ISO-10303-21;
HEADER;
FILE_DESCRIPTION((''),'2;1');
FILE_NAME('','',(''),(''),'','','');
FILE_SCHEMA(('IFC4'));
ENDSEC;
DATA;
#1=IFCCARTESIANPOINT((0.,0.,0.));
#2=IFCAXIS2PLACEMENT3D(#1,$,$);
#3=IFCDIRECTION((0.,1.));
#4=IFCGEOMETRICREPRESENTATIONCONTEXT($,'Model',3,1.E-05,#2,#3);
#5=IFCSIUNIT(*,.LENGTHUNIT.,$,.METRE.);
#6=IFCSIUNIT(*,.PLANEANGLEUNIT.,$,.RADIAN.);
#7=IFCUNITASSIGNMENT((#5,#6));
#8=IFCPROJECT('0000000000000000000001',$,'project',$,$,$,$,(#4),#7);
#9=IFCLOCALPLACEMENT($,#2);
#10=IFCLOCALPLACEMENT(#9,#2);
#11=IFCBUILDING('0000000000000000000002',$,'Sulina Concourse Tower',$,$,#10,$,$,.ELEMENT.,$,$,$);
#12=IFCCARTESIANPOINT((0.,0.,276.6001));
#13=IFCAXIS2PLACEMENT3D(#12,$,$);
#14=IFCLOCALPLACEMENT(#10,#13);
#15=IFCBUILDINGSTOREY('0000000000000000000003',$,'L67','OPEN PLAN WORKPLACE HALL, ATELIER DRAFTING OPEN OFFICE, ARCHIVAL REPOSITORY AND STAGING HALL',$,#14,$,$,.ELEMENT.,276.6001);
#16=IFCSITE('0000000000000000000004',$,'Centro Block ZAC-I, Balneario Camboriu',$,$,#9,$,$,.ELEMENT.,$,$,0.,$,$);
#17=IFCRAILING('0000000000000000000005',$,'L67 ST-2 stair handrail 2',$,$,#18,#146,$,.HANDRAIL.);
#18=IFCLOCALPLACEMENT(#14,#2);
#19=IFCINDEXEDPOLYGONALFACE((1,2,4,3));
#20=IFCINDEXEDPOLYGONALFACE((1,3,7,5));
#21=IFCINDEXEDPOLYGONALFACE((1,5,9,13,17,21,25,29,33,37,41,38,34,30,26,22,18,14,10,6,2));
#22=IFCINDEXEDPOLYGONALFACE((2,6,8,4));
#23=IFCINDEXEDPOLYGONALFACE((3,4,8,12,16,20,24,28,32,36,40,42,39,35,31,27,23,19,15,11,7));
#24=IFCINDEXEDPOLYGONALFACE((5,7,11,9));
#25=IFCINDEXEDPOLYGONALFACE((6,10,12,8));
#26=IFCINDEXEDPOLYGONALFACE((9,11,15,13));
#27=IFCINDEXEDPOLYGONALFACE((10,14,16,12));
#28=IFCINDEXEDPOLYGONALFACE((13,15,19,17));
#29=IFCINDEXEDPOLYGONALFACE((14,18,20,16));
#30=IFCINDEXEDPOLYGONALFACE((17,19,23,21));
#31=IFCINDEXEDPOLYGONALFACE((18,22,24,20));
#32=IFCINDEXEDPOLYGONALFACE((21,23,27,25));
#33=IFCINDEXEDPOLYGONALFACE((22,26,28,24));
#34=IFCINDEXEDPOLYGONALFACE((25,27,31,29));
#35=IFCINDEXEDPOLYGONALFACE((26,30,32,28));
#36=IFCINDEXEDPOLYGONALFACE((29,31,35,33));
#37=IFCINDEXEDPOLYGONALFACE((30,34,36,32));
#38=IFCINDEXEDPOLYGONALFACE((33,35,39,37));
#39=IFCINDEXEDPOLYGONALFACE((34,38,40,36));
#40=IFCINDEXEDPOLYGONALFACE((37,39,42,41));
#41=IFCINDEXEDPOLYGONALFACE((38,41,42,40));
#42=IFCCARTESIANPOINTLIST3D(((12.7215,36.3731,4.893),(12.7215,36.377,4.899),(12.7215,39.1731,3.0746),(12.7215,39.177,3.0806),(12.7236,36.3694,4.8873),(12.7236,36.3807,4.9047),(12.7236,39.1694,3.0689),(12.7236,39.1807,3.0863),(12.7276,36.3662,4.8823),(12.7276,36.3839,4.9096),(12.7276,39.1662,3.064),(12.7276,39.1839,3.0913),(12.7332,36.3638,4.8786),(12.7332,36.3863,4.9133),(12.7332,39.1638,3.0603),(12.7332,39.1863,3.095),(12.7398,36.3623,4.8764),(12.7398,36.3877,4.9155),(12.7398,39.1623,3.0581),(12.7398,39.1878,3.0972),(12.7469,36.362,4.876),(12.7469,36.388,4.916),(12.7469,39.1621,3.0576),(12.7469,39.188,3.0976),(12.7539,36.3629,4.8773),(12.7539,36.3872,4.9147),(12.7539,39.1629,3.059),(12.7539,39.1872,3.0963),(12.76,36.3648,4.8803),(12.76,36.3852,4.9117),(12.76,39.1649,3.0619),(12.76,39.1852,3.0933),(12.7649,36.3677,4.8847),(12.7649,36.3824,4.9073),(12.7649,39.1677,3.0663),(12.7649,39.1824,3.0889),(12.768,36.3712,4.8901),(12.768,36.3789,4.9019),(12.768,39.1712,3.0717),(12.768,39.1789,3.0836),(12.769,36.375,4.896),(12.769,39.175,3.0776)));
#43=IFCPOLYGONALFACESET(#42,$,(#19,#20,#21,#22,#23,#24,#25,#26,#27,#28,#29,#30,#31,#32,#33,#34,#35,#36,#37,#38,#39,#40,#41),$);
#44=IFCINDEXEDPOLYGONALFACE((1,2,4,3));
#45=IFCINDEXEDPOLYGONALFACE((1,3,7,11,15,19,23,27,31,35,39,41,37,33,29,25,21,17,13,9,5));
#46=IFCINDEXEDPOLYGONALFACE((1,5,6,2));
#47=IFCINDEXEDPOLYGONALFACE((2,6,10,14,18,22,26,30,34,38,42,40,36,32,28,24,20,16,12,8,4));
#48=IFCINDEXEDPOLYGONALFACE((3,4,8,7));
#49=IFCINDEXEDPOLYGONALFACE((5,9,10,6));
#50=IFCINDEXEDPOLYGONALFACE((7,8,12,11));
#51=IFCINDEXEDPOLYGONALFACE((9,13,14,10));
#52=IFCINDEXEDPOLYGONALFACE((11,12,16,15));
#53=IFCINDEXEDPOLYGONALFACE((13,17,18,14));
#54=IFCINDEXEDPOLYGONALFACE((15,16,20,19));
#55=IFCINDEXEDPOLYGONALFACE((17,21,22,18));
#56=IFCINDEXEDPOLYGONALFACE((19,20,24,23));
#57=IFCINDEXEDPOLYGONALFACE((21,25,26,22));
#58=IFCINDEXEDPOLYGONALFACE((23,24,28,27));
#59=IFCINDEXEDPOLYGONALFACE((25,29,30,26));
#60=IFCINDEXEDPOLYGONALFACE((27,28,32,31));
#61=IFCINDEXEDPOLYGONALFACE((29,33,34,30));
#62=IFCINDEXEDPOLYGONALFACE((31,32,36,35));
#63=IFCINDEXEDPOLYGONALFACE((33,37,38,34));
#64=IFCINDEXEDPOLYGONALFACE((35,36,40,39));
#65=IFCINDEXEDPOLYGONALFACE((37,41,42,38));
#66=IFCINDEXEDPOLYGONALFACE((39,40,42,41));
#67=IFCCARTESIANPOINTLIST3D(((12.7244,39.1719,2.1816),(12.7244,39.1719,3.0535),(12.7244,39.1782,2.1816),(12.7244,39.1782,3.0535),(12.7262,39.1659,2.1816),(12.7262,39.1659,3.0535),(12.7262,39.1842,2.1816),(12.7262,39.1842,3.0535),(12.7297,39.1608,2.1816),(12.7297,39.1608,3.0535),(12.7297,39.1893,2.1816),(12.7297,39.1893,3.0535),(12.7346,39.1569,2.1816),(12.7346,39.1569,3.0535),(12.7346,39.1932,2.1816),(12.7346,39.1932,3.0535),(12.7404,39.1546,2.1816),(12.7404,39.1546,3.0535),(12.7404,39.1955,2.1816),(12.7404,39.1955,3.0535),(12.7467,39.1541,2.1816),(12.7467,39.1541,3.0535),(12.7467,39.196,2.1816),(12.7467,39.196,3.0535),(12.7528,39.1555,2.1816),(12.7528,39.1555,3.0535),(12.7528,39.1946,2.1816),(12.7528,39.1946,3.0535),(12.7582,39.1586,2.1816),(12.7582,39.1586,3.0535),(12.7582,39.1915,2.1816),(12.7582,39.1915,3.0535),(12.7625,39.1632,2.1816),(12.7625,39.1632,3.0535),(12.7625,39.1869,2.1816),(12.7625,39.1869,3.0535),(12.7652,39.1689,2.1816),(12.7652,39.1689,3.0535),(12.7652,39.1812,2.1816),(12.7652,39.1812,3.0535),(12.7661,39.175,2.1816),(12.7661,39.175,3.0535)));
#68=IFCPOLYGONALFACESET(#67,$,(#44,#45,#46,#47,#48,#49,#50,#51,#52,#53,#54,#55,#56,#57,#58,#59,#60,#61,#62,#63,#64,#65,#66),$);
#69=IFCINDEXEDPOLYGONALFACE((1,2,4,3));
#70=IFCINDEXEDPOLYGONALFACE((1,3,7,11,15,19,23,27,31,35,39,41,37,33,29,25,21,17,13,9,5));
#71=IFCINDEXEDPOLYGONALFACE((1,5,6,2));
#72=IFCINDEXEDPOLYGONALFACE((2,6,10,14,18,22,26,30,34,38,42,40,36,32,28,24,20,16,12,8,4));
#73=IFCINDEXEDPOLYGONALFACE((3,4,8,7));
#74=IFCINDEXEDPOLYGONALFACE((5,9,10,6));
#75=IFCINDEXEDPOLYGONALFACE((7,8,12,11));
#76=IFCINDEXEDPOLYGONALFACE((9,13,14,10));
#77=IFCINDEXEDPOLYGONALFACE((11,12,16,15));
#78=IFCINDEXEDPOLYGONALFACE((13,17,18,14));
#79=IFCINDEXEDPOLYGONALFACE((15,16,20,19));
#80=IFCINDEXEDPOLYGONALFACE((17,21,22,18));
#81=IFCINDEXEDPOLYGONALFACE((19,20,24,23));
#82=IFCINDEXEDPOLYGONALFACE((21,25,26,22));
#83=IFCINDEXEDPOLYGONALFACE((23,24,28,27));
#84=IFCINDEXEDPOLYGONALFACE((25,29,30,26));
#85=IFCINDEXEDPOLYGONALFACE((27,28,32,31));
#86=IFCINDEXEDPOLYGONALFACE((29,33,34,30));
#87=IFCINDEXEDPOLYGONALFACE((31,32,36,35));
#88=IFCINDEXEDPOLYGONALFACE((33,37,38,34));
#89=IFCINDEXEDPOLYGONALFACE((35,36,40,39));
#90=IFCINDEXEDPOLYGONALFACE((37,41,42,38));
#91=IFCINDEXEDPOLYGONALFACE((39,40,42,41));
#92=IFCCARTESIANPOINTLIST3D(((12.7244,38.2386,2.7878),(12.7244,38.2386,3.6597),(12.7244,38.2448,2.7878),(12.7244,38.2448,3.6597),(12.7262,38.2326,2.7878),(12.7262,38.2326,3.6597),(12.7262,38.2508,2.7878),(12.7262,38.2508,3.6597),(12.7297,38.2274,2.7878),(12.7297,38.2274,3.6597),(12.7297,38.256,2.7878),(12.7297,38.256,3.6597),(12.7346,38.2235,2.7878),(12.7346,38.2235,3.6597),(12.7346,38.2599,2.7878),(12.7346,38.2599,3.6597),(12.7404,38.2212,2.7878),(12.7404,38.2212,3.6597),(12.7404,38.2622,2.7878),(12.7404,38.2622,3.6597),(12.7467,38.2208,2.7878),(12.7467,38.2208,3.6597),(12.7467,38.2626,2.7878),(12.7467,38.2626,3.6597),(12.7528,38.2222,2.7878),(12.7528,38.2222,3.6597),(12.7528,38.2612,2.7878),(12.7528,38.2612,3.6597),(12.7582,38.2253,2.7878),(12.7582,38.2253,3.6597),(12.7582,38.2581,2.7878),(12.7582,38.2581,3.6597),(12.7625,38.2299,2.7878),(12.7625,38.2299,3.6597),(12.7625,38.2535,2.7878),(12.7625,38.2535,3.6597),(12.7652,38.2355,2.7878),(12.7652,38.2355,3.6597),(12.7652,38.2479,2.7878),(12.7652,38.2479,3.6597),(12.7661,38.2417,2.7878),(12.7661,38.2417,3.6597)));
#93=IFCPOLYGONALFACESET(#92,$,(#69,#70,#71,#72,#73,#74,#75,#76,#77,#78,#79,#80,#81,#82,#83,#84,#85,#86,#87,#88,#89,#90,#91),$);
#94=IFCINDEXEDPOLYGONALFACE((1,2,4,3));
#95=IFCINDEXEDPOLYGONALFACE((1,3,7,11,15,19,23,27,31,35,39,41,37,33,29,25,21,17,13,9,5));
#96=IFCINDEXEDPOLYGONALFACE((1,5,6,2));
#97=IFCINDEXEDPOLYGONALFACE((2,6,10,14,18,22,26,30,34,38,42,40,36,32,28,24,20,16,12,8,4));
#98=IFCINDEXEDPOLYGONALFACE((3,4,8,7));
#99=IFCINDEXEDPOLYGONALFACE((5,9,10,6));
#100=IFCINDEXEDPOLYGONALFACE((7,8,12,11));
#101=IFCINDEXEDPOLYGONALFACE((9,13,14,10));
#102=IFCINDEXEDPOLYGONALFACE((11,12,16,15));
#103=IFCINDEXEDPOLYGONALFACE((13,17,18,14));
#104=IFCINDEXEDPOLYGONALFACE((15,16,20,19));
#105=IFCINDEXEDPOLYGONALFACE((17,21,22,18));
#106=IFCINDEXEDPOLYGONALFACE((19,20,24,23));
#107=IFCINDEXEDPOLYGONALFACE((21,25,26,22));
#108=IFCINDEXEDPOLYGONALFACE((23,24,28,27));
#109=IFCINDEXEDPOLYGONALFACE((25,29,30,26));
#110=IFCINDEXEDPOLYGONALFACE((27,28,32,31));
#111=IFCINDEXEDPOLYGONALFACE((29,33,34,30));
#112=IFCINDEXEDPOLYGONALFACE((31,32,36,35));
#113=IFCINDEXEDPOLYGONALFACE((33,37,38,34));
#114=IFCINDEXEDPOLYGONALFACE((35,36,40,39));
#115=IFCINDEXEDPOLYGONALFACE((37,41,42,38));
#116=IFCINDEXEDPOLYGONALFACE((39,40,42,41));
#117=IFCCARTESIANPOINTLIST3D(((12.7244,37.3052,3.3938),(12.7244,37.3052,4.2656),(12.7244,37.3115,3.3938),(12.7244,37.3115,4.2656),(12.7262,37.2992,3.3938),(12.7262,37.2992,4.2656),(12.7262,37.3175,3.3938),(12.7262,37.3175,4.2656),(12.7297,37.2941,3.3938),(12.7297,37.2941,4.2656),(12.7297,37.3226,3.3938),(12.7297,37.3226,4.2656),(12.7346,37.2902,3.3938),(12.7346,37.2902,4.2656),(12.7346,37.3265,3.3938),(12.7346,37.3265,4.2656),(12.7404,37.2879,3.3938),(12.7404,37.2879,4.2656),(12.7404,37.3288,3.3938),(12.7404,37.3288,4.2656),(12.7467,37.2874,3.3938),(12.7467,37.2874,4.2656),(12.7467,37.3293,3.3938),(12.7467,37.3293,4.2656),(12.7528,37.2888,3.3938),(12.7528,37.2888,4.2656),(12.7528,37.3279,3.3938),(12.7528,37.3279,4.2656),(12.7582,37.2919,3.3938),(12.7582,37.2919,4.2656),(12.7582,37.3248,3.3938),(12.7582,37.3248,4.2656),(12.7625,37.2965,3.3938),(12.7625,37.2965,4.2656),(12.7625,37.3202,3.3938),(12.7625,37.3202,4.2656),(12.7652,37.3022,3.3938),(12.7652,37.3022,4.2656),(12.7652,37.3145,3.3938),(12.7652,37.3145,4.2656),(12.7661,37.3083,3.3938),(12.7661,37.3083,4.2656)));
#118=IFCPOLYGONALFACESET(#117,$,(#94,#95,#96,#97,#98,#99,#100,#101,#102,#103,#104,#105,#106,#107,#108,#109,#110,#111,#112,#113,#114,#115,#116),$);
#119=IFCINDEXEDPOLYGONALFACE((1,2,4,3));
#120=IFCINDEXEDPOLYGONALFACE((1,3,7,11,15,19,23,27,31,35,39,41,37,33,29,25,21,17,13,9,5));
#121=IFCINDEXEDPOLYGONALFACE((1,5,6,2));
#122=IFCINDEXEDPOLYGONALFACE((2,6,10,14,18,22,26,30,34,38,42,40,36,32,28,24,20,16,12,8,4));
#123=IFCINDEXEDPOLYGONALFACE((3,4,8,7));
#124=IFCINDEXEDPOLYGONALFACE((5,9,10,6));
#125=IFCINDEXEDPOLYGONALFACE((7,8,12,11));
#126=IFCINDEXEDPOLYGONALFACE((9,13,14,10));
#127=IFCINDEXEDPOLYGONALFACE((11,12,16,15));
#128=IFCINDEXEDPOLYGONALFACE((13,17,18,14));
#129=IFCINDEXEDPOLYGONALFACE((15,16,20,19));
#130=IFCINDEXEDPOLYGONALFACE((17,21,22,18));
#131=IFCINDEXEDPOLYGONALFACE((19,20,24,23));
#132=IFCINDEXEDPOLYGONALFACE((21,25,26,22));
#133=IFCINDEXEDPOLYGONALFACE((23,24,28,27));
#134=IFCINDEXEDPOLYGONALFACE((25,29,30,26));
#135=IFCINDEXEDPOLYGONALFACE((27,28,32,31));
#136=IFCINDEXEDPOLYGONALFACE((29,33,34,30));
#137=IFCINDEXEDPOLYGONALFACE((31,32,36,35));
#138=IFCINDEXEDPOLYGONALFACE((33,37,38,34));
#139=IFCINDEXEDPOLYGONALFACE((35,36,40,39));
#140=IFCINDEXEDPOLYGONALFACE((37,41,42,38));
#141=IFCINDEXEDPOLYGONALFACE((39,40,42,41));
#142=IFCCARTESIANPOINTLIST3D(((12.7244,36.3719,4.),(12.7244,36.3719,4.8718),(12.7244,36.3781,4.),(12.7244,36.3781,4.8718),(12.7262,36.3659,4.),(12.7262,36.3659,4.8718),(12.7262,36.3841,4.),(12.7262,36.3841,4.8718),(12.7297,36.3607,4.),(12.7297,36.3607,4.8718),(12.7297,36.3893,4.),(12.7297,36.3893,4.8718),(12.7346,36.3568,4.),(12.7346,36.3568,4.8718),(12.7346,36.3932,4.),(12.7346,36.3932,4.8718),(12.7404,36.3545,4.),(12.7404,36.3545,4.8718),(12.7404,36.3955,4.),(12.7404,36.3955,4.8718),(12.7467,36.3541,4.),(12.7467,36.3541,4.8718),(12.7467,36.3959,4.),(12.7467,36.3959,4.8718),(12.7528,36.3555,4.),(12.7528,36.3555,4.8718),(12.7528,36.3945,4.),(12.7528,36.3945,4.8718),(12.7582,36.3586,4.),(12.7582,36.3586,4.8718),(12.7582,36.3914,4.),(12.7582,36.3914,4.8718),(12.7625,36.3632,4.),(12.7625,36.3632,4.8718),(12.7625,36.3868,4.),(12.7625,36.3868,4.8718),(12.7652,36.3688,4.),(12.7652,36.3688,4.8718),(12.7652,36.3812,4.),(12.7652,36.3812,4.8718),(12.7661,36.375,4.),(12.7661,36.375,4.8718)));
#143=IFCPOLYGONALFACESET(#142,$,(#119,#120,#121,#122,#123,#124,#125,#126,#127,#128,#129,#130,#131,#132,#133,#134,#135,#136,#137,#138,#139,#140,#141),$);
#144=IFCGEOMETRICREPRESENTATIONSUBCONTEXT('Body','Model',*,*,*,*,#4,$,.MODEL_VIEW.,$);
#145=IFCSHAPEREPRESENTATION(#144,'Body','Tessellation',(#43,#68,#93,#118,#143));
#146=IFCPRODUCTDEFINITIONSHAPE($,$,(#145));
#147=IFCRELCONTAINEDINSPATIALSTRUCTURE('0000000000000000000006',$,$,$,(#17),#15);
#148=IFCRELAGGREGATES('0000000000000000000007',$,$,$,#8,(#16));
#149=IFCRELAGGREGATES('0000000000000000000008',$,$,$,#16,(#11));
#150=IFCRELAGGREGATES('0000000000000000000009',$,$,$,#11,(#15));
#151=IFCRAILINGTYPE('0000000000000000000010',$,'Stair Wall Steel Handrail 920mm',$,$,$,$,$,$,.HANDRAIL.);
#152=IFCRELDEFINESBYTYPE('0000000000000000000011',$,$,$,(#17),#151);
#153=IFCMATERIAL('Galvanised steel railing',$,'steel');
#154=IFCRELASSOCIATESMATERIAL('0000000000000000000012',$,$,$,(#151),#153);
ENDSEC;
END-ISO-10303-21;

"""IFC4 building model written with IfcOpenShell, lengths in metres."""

from ifc_helpers import new_model, si_unit, direction, frame, origin, origin_2d, place, context, subcontext, project, spatial, circle, extrude, material, type_object, element, save


model = new_model("IFC4")

# Units and contexts
model_context = context("Model", 3, precision=1e-05, world=origin(), true_north=direction((0.0, 1.0)))
body_context = subcontext(model_context, "Body", "Model", "MODEL_VIEW")
ifc_project = project(units=[si_unit("LENGTHUNIT", "METRE"), si_unit("PLANEANGLEUNIT", "RADIAN")], contexts=[model_context])

# Site, building, storey
site_placement = place(None, origin())
site = spatial("IfcSite", under=ifc_project, at=site_placement, Name="Centro Block ZAC-I, Balneario Camboriu", CompositionType="ELEMENT", RefElevation=0.0)
building_placement = place(site_placement, origin())
building = spatial("IfcBuilding", under=site, at=building_placement, Name="Sulina Concourse Tower", CompositionType="ELEMENT")
storey_placement = place(building_placement, frame((0.0, 0.0, 276.6001)))
storey = spatial("IfcBuildingStorey", under=building, at=storey_placement, Name="L67", Description="OPEN PLAN WORKPLACE HALL, ATELIER DRAFTING OPEN OFFICE, ARCHIVAL REPOSITORY AND STAGING HALL", CompositionType="ELEMENT", Elevation=276.6001)

# Railing
ifc_material_1 = material(Name="Galvanised steel railing", Category="steel")
railing_type_1 = type_object("IfcRailingType", Name="Stair Wall Steel Handrail 920mm", PredefinedType="HANDRAIL", material=ifc_material_1)
railing_1_placement = place(storey_placement, frame((12.7451, 39.175, 2.1816)))
element("IfcRailing", 1, at=railing_1_placement, inside=storey, type_object=railing_type_1, Name="L67 ST-2 stair handrail 2", PredefinedType="HANDRAIL", context=body_context, shape_type="SweptSolid", body=[
    extrude(circle(Radius=0.0239, at=origin_2d()), frame((0.0, 0.0, 0.896), z_axis=(0.0, -0.838672, 0.544636), x_axis=(1.0, 0.0, 0.0)), (0.0, 0.0, 1.0), 3.3386),
    extrude(circle(Radius=0.021, at=origin_2d()), origin(), (0.0, 0.0, 1.0), 0.8718),
    extrude(circle(Radius=0.021, at=origin_2d()), frame((0.0, -0.9333, 0.6062)), (0.0, 0.0, 1.0), 0.8718),
    extrude(circle(Radius=0.021, at=origin_2d()), frame((0.0, -1.8667, 1.2122)), (0.0, 0.0, 1.0), 0.8718),
    extrude(circle(Radius=0.021, at=origin_2d()), frame((0.0, -2.8, 1.8184)), (0.0, 0.0, 1.0), 0.8718),
])

save(model, "model.ifc")
